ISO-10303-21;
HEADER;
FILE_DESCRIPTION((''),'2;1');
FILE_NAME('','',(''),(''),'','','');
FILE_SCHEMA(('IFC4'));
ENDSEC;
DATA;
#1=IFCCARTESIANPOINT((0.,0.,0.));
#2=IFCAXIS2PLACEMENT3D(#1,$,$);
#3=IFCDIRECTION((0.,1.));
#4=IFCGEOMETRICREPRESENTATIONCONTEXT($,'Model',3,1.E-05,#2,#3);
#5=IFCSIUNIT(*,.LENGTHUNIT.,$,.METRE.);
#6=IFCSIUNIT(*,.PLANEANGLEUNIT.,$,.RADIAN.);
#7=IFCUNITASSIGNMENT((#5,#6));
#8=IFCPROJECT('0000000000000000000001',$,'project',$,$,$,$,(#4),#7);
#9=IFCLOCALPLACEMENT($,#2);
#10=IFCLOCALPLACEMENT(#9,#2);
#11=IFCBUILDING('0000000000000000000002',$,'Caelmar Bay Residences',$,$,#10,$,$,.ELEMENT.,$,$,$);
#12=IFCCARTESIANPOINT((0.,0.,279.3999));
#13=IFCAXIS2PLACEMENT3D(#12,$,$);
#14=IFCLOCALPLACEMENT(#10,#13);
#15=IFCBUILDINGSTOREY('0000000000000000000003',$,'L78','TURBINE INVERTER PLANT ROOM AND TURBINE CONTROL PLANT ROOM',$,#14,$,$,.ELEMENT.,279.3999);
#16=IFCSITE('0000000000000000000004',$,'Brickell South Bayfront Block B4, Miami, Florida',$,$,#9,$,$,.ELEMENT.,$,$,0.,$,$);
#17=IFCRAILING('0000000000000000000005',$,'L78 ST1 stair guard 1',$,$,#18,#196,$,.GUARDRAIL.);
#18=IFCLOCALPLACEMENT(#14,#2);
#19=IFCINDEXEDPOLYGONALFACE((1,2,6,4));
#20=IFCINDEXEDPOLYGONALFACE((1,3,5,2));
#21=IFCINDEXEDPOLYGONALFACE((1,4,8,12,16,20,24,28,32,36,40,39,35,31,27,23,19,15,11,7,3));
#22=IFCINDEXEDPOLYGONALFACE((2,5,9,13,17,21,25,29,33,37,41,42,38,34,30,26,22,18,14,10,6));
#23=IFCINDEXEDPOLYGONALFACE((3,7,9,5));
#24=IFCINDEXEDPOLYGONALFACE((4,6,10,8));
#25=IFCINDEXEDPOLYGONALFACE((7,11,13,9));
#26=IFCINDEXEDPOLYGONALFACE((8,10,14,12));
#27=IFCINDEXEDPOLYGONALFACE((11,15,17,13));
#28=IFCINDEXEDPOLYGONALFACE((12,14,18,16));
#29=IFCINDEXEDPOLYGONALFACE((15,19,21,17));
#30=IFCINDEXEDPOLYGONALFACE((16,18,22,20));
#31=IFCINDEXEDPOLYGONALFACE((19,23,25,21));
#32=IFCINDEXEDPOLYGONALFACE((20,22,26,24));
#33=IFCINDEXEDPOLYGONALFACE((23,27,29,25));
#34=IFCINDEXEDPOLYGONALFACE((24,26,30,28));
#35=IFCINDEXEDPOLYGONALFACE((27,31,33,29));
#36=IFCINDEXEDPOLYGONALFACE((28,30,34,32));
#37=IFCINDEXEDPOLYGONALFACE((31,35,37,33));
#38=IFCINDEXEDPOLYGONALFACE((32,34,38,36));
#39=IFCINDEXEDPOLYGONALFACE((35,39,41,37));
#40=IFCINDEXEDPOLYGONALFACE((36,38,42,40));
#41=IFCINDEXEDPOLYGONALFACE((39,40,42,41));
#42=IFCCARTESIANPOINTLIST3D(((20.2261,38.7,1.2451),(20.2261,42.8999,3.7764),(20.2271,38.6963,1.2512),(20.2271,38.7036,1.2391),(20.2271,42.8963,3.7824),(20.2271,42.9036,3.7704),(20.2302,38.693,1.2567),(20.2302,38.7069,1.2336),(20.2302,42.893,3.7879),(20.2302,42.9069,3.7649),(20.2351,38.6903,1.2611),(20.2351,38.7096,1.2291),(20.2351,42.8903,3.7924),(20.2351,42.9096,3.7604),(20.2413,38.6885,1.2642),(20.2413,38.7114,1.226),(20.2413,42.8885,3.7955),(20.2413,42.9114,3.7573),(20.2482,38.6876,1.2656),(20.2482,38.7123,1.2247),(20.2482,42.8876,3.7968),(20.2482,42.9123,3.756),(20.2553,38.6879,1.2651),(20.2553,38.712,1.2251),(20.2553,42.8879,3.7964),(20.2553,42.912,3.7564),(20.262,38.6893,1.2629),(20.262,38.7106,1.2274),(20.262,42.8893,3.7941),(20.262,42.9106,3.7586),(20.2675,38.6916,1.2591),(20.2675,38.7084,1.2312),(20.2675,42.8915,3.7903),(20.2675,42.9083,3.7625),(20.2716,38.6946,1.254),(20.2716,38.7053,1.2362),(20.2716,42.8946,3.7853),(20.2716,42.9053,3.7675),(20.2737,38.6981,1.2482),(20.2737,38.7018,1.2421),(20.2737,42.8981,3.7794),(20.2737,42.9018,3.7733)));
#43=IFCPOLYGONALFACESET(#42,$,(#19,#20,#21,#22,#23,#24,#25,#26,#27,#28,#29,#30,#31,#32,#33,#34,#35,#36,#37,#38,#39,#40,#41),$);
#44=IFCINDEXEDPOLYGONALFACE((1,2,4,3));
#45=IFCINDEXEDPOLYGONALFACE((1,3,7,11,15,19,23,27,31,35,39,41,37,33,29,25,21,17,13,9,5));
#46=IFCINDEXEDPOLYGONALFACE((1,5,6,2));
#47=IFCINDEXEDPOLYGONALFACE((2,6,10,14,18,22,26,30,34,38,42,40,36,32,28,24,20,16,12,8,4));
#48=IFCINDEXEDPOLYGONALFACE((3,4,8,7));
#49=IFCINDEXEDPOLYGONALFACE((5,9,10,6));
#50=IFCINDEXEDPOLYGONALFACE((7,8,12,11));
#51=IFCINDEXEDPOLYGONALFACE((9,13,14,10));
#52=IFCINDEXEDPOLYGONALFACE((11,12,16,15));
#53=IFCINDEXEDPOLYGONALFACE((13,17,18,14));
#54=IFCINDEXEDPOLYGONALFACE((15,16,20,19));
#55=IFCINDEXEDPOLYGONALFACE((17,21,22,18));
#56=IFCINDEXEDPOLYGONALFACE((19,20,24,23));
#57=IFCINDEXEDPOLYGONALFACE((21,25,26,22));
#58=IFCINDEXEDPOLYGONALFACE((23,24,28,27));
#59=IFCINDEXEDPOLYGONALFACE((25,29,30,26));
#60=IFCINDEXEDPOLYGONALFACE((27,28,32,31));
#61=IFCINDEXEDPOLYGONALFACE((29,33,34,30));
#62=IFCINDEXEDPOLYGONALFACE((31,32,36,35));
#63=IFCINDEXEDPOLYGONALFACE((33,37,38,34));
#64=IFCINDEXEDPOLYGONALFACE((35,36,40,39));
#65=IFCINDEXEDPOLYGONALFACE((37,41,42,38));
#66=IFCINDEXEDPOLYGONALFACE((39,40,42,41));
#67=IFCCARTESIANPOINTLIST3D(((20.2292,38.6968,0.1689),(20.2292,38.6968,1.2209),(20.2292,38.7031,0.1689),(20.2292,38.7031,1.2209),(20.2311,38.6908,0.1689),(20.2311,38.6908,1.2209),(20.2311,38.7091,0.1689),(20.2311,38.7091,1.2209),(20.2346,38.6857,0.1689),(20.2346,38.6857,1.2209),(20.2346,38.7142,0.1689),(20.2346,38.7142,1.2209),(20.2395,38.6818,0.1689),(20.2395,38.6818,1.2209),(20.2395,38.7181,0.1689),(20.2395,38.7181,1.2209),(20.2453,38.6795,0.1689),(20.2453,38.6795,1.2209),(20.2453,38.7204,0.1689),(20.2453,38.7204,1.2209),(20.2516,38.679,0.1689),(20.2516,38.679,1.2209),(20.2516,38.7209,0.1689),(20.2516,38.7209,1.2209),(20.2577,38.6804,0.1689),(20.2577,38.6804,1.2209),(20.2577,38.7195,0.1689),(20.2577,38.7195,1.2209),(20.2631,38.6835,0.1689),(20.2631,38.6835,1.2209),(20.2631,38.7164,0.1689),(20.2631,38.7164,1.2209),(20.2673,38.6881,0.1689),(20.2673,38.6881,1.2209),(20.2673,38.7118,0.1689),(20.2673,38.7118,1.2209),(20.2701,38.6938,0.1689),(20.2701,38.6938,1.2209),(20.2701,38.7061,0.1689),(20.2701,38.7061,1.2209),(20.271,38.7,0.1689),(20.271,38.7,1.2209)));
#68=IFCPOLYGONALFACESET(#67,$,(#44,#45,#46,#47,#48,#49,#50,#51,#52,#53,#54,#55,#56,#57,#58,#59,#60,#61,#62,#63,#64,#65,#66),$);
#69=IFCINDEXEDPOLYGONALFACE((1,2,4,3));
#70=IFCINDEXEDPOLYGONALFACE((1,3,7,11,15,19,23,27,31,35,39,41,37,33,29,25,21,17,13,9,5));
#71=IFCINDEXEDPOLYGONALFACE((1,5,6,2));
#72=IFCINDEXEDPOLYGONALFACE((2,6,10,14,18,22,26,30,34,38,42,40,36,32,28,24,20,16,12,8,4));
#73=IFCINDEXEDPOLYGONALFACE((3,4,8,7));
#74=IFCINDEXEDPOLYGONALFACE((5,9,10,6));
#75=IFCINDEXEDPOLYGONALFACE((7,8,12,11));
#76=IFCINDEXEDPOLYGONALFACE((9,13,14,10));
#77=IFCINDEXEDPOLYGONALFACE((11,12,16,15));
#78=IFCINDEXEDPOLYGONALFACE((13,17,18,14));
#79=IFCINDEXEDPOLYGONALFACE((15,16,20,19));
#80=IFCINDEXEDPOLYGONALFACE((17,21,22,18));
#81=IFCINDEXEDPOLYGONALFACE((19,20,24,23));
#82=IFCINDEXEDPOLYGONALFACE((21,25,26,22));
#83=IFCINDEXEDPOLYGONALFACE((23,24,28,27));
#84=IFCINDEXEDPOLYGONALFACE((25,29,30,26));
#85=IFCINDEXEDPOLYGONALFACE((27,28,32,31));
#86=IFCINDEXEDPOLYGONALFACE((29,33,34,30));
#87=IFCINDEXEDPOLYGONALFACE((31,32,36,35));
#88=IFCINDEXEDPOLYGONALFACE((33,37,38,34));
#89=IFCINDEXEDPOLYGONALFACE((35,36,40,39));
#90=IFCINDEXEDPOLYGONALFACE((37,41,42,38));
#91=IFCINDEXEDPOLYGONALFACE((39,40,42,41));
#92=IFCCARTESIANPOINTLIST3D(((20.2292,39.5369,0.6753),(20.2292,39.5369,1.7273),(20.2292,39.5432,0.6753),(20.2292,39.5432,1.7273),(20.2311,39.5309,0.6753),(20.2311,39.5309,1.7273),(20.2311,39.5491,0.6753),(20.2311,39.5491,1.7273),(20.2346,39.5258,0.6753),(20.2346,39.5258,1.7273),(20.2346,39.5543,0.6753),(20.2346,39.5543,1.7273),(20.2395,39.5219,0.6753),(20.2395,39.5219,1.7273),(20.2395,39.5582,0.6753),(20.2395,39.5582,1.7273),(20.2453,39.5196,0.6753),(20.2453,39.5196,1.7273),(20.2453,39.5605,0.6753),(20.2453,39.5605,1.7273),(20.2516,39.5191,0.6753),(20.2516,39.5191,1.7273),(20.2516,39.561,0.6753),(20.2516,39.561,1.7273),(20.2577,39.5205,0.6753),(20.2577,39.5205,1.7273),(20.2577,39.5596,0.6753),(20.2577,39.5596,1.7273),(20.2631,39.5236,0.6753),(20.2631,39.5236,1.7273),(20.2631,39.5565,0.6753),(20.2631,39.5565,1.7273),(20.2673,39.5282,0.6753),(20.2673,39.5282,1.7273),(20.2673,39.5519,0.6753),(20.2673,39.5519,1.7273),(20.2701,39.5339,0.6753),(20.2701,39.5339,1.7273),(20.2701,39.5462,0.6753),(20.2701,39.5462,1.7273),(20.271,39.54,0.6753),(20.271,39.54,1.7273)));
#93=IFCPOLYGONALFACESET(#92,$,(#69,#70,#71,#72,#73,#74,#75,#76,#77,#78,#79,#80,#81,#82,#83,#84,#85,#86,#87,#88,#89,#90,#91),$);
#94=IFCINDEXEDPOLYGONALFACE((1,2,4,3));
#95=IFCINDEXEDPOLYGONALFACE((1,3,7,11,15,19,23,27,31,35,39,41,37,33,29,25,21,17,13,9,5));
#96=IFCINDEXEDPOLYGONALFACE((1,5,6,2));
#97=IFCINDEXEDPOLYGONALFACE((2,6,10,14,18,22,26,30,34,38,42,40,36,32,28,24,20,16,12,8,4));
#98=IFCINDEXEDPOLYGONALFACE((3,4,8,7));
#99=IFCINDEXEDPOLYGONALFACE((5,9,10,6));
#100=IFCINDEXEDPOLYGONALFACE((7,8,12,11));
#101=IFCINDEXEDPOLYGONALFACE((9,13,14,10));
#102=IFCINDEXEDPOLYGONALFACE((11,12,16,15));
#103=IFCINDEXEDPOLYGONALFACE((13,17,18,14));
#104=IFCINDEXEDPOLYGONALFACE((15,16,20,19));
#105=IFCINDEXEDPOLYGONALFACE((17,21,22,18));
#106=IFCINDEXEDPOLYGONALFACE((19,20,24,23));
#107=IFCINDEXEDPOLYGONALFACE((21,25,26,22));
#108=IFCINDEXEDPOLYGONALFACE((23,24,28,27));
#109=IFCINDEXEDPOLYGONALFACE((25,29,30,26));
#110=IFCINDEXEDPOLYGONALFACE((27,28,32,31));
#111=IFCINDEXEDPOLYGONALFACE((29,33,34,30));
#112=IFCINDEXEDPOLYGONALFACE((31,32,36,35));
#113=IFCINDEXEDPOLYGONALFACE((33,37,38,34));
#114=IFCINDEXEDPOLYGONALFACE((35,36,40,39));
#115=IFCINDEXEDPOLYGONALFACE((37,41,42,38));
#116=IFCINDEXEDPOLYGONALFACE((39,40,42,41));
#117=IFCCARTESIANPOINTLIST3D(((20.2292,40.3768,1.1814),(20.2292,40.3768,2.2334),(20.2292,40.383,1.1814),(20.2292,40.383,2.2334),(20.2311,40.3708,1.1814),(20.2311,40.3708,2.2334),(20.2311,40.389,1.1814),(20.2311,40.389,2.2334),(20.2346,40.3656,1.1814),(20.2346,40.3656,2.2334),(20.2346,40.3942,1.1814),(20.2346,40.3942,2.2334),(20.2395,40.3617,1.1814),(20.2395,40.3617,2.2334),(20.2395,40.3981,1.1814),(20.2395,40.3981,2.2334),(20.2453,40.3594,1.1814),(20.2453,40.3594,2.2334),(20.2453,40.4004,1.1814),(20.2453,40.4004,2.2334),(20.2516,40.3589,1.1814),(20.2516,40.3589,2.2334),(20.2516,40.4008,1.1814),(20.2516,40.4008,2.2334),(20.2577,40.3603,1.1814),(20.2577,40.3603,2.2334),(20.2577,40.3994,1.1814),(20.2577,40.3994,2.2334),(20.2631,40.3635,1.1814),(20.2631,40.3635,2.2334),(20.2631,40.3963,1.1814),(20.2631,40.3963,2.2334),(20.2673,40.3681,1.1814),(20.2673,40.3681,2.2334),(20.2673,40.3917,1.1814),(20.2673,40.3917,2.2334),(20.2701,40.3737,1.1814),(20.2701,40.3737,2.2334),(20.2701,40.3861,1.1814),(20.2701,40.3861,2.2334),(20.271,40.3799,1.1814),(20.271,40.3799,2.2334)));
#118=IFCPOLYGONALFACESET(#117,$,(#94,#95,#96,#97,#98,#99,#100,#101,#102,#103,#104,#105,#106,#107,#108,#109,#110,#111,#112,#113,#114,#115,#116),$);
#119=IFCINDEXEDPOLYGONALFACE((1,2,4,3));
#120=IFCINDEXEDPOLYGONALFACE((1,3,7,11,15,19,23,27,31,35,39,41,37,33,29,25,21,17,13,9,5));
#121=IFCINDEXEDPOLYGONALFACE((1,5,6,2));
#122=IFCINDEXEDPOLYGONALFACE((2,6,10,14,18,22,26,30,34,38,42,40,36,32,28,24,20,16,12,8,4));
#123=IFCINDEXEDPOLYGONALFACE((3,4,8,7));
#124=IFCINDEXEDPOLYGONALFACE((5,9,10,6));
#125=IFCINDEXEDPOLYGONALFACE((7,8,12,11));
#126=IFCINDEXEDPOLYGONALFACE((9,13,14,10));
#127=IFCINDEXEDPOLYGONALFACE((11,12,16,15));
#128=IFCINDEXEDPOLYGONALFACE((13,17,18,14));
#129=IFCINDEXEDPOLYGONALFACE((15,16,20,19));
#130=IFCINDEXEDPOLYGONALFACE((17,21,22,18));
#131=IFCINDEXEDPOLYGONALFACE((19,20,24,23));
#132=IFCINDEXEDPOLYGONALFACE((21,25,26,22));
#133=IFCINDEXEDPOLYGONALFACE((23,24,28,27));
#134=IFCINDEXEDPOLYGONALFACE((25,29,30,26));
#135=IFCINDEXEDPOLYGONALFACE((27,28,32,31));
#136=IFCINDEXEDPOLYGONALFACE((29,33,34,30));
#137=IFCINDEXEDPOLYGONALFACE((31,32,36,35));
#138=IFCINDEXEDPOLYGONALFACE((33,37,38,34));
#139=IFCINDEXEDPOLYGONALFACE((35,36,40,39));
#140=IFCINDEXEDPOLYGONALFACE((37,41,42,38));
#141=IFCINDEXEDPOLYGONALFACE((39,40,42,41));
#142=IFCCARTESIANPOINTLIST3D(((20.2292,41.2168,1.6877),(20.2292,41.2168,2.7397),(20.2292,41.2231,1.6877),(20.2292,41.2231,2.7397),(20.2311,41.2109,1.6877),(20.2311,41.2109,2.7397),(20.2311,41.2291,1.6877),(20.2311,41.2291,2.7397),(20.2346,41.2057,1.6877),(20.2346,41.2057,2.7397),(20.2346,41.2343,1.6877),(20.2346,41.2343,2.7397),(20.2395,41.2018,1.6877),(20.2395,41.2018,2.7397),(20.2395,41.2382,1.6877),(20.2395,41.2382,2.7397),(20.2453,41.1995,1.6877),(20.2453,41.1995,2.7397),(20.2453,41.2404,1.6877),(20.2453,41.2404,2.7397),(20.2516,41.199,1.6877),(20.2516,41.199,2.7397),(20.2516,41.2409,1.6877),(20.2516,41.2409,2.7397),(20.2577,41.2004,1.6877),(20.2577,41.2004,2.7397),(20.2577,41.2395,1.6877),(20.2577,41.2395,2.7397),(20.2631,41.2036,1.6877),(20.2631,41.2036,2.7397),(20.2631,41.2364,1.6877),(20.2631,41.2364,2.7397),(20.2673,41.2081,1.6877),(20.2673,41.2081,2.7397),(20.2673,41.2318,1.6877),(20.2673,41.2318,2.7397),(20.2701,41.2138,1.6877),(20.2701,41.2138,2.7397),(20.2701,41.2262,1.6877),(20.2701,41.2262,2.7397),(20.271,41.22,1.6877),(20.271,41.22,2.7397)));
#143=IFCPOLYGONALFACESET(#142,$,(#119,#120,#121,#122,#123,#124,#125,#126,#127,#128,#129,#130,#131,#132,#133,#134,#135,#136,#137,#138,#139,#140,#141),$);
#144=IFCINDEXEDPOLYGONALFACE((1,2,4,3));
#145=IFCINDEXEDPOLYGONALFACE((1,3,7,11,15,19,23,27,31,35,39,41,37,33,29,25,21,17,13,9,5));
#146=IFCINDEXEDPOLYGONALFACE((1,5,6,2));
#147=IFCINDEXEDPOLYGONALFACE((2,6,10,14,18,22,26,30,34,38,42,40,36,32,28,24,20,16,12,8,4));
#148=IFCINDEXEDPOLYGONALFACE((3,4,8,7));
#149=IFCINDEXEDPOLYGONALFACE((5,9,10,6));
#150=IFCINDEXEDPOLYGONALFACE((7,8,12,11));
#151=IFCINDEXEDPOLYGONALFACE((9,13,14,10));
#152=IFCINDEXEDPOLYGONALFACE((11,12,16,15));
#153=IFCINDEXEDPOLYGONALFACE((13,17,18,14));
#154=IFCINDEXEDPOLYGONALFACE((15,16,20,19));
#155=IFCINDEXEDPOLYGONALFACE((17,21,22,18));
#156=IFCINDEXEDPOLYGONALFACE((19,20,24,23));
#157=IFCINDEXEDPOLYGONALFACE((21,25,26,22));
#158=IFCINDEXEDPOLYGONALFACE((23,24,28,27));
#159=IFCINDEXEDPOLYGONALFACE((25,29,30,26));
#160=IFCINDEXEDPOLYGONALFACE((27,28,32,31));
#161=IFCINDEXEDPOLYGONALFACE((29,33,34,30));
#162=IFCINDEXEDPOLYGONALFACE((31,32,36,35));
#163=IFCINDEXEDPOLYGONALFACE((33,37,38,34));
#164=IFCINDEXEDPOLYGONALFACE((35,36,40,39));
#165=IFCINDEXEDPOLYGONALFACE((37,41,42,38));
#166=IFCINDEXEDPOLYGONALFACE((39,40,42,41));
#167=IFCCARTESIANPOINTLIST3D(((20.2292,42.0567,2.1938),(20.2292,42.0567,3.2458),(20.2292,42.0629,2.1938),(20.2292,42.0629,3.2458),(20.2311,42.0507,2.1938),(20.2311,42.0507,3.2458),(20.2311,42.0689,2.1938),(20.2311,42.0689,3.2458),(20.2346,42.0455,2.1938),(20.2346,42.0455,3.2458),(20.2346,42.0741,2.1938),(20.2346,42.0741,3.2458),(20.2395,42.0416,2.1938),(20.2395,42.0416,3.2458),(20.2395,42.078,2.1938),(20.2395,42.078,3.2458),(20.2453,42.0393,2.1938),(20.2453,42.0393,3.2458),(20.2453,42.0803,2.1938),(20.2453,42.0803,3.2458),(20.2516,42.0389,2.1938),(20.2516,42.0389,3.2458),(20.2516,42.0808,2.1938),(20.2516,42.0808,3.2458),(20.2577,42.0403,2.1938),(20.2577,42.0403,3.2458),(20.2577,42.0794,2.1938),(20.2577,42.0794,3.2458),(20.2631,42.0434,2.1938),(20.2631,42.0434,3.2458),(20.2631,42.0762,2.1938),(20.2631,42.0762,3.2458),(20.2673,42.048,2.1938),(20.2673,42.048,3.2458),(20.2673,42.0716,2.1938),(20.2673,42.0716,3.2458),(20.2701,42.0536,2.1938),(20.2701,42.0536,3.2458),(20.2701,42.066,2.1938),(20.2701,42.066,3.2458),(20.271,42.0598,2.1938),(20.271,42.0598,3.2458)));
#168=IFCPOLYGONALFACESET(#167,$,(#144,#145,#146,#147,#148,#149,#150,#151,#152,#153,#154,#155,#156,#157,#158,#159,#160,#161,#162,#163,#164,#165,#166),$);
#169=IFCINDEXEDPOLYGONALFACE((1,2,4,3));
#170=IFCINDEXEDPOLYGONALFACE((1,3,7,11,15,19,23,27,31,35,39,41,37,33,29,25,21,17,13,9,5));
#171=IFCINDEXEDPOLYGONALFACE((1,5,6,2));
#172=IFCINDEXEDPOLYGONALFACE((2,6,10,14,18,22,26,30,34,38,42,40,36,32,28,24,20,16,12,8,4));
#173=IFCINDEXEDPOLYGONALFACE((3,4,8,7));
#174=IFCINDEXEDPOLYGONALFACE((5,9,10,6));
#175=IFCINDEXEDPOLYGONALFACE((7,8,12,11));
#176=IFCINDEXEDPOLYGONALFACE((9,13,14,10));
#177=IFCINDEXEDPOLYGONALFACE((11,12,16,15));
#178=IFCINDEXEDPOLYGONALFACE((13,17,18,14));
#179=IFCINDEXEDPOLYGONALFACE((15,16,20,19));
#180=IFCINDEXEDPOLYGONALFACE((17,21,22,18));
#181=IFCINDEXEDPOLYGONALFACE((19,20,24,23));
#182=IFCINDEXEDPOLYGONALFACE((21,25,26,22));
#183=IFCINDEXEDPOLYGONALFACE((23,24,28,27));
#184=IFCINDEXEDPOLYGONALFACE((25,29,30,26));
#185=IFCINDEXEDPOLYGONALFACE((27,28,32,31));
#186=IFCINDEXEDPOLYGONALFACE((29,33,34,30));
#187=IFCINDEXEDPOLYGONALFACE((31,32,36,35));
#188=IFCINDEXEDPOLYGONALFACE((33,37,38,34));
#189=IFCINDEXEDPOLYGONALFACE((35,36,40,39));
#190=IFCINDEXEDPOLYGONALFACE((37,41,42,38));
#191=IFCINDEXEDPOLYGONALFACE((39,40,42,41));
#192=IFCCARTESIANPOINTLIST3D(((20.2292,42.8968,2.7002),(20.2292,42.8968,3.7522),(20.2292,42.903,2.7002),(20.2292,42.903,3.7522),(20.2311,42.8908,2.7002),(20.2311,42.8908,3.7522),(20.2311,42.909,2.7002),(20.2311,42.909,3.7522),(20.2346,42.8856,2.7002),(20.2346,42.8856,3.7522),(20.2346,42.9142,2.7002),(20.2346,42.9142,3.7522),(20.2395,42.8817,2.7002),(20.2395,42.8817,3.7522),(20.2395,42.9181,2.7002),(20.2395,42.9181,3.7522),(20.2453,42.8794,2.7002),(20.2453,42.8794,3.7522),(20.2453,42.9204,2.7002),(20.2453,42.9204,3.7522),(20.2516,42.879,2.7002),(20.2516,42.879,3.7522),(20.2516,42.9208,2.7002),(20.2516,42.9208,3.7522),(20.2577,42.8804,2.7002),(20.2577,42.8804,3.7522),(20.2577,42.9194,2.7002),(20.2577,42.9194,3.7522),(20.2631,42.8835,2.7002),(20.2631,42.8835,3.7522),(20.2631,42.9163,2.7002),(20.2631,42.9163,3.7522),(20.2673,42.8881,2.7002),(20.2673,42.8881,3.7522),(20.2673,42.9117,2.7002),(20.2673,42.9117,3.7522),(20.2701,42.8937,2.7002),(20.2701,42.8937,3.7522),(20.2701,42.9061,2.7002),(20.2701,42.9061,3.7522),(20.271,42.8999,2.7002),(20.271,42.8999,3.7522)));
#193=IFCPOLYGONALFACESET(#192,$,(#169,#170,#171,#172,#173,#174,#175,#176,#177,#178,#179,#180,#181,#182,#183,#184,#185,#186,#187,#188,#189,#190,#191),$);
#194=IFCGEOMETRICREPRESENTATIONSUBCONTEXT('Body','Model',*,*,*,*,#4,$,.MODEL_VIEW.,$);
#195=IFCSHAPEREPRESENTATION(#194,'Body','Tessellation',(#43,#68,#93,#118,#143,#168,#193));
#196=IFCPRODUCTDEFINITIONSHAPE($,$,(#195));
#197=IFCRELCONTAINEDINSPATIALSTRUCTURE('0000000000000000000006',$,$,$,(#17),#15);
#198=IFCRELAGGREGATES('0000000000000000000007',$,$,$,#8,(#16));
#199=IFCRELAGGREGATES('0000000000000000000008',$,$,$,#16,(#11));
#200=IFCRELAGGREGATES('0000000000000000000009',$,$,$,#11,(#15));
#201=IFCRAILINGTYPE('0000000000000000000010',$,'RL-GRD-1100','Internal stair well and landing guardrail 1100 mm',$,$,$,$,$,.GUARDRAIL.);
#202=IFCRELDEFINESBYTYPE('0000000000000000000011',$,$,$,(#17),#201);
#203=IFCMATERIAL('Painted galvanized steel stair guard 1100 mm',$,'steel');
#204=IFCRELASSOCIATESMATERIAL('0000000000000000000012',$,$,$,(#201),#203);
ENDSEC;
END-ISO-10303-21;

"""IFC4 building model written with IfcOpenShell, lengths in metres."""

from ifc_helpers import new_model, si_unit, direction, frame, origin, origin_2d, place, context, subcontext, project, spatial, circle, extrude, material, type_object, element, save


model = new_model("IFC4")

# Units and contexts
model_context = context("Model", 3, precision=1e-05, world=origin(), true_north=direction((0.0, 1.0)))
body_context = subcontext(model_context, "Body", "Model", "MODEL_VIEW")
ifc_project = project(units=[si_unit("LENGTHUNIT", "METRE"), si_unit("PLANEANGLEUNIT", "RADIAN")], contexts=[model_context])

# Site, building, storey
site_placement = place(None, origin())
site = spatial("IfcSite", under=ifc_project, at=site_placement, Name="Brickell South Bayfront Block B4, Miami, Florida", CompositionType="ELEMENT", RefElevation=0.0)
building_placement = place(site_placement, origin())
building = spatial("IfcBuilding", under=site, at=building_placement, Name="Caelmar Bay Residences", CompositionType="ELEMENT")
storey_placement = place(building_placement, frame((0.0, 0.0, 279.3999)))
storey = spatial("IfcBuildingStorey", under=building, at=storey_placement, Name="L78", Description="TURBINE INVERTER PLANT ROOM AND TURBINE CONTROL PLANT ROOM", CompositionType="ELEMENT", Elevation=279.3999)

# Railing
ifc_material_1 = material(Name="Painted galvanized steel stair guard 1100 mm", Category="steel")
railing_type_1 = type_object("IfcRailingType", Name="RL-GRD-1100", Description="Internal stair well and landing guardrail 1100 mm", PredefinedType="GUARDRAIL", material=ifc_material_1)
railing_1_placement = place(storey_placement, frame((20.25, 38.7, 0.1689)))
element("IfcRailing", 1, at=railing_1_placement, inside=storey, type_object=railing_type_1, Name="L78 ST1 stair guard 1", PredefinedType="GUARDRAIL", context=body_context, shape_type="SweptSolid", body=[
    extrude(circle(Radius=0.0239, at=origin_2d()), frame((0.0, 0.0, 1.0762), z_axis=(0.0, 0.856476, 0.516186), x_axis=(-1.0, 0.0, 0.0)), (0.0, 0.0, 1.0), 4.9038),
    extrude(circle(Radius=0.021, at=origin_2d()), origin(), (0.0, 0.0, 1.0), 1.052),
    extrude(circle(Radius=0.021, at=origin_2d()), frame((0.0, 0.8401, 0.5063)), (0.0, 0.0, 1.0), 1.052),
    extrude(circle(Radius=0.021, at=origin_2d()), frame((0.0, 1.6799, 1.0125)), (0.0, 0.0, 1.0), 1.052),
    extrude(circle(Radius=0.021, at=origin_2d()), frame((0.0, 2.52, 1.5188)), (0.0, 0.0, 1.0), 1.052),
    extrude(circle(Radius=0.021, at=origin_2d()), frame((0.0, 3.3599, 2.0249)), (0.0, 0.0, 1.0), 1.052),
    extrude(circle(Radius=0.021, at=origin_2d()), frame((0.0, 4.2, 2.5312)), (0.0, 0.0, 1.0), 1.052),
])

save(model, "model.ifc")
